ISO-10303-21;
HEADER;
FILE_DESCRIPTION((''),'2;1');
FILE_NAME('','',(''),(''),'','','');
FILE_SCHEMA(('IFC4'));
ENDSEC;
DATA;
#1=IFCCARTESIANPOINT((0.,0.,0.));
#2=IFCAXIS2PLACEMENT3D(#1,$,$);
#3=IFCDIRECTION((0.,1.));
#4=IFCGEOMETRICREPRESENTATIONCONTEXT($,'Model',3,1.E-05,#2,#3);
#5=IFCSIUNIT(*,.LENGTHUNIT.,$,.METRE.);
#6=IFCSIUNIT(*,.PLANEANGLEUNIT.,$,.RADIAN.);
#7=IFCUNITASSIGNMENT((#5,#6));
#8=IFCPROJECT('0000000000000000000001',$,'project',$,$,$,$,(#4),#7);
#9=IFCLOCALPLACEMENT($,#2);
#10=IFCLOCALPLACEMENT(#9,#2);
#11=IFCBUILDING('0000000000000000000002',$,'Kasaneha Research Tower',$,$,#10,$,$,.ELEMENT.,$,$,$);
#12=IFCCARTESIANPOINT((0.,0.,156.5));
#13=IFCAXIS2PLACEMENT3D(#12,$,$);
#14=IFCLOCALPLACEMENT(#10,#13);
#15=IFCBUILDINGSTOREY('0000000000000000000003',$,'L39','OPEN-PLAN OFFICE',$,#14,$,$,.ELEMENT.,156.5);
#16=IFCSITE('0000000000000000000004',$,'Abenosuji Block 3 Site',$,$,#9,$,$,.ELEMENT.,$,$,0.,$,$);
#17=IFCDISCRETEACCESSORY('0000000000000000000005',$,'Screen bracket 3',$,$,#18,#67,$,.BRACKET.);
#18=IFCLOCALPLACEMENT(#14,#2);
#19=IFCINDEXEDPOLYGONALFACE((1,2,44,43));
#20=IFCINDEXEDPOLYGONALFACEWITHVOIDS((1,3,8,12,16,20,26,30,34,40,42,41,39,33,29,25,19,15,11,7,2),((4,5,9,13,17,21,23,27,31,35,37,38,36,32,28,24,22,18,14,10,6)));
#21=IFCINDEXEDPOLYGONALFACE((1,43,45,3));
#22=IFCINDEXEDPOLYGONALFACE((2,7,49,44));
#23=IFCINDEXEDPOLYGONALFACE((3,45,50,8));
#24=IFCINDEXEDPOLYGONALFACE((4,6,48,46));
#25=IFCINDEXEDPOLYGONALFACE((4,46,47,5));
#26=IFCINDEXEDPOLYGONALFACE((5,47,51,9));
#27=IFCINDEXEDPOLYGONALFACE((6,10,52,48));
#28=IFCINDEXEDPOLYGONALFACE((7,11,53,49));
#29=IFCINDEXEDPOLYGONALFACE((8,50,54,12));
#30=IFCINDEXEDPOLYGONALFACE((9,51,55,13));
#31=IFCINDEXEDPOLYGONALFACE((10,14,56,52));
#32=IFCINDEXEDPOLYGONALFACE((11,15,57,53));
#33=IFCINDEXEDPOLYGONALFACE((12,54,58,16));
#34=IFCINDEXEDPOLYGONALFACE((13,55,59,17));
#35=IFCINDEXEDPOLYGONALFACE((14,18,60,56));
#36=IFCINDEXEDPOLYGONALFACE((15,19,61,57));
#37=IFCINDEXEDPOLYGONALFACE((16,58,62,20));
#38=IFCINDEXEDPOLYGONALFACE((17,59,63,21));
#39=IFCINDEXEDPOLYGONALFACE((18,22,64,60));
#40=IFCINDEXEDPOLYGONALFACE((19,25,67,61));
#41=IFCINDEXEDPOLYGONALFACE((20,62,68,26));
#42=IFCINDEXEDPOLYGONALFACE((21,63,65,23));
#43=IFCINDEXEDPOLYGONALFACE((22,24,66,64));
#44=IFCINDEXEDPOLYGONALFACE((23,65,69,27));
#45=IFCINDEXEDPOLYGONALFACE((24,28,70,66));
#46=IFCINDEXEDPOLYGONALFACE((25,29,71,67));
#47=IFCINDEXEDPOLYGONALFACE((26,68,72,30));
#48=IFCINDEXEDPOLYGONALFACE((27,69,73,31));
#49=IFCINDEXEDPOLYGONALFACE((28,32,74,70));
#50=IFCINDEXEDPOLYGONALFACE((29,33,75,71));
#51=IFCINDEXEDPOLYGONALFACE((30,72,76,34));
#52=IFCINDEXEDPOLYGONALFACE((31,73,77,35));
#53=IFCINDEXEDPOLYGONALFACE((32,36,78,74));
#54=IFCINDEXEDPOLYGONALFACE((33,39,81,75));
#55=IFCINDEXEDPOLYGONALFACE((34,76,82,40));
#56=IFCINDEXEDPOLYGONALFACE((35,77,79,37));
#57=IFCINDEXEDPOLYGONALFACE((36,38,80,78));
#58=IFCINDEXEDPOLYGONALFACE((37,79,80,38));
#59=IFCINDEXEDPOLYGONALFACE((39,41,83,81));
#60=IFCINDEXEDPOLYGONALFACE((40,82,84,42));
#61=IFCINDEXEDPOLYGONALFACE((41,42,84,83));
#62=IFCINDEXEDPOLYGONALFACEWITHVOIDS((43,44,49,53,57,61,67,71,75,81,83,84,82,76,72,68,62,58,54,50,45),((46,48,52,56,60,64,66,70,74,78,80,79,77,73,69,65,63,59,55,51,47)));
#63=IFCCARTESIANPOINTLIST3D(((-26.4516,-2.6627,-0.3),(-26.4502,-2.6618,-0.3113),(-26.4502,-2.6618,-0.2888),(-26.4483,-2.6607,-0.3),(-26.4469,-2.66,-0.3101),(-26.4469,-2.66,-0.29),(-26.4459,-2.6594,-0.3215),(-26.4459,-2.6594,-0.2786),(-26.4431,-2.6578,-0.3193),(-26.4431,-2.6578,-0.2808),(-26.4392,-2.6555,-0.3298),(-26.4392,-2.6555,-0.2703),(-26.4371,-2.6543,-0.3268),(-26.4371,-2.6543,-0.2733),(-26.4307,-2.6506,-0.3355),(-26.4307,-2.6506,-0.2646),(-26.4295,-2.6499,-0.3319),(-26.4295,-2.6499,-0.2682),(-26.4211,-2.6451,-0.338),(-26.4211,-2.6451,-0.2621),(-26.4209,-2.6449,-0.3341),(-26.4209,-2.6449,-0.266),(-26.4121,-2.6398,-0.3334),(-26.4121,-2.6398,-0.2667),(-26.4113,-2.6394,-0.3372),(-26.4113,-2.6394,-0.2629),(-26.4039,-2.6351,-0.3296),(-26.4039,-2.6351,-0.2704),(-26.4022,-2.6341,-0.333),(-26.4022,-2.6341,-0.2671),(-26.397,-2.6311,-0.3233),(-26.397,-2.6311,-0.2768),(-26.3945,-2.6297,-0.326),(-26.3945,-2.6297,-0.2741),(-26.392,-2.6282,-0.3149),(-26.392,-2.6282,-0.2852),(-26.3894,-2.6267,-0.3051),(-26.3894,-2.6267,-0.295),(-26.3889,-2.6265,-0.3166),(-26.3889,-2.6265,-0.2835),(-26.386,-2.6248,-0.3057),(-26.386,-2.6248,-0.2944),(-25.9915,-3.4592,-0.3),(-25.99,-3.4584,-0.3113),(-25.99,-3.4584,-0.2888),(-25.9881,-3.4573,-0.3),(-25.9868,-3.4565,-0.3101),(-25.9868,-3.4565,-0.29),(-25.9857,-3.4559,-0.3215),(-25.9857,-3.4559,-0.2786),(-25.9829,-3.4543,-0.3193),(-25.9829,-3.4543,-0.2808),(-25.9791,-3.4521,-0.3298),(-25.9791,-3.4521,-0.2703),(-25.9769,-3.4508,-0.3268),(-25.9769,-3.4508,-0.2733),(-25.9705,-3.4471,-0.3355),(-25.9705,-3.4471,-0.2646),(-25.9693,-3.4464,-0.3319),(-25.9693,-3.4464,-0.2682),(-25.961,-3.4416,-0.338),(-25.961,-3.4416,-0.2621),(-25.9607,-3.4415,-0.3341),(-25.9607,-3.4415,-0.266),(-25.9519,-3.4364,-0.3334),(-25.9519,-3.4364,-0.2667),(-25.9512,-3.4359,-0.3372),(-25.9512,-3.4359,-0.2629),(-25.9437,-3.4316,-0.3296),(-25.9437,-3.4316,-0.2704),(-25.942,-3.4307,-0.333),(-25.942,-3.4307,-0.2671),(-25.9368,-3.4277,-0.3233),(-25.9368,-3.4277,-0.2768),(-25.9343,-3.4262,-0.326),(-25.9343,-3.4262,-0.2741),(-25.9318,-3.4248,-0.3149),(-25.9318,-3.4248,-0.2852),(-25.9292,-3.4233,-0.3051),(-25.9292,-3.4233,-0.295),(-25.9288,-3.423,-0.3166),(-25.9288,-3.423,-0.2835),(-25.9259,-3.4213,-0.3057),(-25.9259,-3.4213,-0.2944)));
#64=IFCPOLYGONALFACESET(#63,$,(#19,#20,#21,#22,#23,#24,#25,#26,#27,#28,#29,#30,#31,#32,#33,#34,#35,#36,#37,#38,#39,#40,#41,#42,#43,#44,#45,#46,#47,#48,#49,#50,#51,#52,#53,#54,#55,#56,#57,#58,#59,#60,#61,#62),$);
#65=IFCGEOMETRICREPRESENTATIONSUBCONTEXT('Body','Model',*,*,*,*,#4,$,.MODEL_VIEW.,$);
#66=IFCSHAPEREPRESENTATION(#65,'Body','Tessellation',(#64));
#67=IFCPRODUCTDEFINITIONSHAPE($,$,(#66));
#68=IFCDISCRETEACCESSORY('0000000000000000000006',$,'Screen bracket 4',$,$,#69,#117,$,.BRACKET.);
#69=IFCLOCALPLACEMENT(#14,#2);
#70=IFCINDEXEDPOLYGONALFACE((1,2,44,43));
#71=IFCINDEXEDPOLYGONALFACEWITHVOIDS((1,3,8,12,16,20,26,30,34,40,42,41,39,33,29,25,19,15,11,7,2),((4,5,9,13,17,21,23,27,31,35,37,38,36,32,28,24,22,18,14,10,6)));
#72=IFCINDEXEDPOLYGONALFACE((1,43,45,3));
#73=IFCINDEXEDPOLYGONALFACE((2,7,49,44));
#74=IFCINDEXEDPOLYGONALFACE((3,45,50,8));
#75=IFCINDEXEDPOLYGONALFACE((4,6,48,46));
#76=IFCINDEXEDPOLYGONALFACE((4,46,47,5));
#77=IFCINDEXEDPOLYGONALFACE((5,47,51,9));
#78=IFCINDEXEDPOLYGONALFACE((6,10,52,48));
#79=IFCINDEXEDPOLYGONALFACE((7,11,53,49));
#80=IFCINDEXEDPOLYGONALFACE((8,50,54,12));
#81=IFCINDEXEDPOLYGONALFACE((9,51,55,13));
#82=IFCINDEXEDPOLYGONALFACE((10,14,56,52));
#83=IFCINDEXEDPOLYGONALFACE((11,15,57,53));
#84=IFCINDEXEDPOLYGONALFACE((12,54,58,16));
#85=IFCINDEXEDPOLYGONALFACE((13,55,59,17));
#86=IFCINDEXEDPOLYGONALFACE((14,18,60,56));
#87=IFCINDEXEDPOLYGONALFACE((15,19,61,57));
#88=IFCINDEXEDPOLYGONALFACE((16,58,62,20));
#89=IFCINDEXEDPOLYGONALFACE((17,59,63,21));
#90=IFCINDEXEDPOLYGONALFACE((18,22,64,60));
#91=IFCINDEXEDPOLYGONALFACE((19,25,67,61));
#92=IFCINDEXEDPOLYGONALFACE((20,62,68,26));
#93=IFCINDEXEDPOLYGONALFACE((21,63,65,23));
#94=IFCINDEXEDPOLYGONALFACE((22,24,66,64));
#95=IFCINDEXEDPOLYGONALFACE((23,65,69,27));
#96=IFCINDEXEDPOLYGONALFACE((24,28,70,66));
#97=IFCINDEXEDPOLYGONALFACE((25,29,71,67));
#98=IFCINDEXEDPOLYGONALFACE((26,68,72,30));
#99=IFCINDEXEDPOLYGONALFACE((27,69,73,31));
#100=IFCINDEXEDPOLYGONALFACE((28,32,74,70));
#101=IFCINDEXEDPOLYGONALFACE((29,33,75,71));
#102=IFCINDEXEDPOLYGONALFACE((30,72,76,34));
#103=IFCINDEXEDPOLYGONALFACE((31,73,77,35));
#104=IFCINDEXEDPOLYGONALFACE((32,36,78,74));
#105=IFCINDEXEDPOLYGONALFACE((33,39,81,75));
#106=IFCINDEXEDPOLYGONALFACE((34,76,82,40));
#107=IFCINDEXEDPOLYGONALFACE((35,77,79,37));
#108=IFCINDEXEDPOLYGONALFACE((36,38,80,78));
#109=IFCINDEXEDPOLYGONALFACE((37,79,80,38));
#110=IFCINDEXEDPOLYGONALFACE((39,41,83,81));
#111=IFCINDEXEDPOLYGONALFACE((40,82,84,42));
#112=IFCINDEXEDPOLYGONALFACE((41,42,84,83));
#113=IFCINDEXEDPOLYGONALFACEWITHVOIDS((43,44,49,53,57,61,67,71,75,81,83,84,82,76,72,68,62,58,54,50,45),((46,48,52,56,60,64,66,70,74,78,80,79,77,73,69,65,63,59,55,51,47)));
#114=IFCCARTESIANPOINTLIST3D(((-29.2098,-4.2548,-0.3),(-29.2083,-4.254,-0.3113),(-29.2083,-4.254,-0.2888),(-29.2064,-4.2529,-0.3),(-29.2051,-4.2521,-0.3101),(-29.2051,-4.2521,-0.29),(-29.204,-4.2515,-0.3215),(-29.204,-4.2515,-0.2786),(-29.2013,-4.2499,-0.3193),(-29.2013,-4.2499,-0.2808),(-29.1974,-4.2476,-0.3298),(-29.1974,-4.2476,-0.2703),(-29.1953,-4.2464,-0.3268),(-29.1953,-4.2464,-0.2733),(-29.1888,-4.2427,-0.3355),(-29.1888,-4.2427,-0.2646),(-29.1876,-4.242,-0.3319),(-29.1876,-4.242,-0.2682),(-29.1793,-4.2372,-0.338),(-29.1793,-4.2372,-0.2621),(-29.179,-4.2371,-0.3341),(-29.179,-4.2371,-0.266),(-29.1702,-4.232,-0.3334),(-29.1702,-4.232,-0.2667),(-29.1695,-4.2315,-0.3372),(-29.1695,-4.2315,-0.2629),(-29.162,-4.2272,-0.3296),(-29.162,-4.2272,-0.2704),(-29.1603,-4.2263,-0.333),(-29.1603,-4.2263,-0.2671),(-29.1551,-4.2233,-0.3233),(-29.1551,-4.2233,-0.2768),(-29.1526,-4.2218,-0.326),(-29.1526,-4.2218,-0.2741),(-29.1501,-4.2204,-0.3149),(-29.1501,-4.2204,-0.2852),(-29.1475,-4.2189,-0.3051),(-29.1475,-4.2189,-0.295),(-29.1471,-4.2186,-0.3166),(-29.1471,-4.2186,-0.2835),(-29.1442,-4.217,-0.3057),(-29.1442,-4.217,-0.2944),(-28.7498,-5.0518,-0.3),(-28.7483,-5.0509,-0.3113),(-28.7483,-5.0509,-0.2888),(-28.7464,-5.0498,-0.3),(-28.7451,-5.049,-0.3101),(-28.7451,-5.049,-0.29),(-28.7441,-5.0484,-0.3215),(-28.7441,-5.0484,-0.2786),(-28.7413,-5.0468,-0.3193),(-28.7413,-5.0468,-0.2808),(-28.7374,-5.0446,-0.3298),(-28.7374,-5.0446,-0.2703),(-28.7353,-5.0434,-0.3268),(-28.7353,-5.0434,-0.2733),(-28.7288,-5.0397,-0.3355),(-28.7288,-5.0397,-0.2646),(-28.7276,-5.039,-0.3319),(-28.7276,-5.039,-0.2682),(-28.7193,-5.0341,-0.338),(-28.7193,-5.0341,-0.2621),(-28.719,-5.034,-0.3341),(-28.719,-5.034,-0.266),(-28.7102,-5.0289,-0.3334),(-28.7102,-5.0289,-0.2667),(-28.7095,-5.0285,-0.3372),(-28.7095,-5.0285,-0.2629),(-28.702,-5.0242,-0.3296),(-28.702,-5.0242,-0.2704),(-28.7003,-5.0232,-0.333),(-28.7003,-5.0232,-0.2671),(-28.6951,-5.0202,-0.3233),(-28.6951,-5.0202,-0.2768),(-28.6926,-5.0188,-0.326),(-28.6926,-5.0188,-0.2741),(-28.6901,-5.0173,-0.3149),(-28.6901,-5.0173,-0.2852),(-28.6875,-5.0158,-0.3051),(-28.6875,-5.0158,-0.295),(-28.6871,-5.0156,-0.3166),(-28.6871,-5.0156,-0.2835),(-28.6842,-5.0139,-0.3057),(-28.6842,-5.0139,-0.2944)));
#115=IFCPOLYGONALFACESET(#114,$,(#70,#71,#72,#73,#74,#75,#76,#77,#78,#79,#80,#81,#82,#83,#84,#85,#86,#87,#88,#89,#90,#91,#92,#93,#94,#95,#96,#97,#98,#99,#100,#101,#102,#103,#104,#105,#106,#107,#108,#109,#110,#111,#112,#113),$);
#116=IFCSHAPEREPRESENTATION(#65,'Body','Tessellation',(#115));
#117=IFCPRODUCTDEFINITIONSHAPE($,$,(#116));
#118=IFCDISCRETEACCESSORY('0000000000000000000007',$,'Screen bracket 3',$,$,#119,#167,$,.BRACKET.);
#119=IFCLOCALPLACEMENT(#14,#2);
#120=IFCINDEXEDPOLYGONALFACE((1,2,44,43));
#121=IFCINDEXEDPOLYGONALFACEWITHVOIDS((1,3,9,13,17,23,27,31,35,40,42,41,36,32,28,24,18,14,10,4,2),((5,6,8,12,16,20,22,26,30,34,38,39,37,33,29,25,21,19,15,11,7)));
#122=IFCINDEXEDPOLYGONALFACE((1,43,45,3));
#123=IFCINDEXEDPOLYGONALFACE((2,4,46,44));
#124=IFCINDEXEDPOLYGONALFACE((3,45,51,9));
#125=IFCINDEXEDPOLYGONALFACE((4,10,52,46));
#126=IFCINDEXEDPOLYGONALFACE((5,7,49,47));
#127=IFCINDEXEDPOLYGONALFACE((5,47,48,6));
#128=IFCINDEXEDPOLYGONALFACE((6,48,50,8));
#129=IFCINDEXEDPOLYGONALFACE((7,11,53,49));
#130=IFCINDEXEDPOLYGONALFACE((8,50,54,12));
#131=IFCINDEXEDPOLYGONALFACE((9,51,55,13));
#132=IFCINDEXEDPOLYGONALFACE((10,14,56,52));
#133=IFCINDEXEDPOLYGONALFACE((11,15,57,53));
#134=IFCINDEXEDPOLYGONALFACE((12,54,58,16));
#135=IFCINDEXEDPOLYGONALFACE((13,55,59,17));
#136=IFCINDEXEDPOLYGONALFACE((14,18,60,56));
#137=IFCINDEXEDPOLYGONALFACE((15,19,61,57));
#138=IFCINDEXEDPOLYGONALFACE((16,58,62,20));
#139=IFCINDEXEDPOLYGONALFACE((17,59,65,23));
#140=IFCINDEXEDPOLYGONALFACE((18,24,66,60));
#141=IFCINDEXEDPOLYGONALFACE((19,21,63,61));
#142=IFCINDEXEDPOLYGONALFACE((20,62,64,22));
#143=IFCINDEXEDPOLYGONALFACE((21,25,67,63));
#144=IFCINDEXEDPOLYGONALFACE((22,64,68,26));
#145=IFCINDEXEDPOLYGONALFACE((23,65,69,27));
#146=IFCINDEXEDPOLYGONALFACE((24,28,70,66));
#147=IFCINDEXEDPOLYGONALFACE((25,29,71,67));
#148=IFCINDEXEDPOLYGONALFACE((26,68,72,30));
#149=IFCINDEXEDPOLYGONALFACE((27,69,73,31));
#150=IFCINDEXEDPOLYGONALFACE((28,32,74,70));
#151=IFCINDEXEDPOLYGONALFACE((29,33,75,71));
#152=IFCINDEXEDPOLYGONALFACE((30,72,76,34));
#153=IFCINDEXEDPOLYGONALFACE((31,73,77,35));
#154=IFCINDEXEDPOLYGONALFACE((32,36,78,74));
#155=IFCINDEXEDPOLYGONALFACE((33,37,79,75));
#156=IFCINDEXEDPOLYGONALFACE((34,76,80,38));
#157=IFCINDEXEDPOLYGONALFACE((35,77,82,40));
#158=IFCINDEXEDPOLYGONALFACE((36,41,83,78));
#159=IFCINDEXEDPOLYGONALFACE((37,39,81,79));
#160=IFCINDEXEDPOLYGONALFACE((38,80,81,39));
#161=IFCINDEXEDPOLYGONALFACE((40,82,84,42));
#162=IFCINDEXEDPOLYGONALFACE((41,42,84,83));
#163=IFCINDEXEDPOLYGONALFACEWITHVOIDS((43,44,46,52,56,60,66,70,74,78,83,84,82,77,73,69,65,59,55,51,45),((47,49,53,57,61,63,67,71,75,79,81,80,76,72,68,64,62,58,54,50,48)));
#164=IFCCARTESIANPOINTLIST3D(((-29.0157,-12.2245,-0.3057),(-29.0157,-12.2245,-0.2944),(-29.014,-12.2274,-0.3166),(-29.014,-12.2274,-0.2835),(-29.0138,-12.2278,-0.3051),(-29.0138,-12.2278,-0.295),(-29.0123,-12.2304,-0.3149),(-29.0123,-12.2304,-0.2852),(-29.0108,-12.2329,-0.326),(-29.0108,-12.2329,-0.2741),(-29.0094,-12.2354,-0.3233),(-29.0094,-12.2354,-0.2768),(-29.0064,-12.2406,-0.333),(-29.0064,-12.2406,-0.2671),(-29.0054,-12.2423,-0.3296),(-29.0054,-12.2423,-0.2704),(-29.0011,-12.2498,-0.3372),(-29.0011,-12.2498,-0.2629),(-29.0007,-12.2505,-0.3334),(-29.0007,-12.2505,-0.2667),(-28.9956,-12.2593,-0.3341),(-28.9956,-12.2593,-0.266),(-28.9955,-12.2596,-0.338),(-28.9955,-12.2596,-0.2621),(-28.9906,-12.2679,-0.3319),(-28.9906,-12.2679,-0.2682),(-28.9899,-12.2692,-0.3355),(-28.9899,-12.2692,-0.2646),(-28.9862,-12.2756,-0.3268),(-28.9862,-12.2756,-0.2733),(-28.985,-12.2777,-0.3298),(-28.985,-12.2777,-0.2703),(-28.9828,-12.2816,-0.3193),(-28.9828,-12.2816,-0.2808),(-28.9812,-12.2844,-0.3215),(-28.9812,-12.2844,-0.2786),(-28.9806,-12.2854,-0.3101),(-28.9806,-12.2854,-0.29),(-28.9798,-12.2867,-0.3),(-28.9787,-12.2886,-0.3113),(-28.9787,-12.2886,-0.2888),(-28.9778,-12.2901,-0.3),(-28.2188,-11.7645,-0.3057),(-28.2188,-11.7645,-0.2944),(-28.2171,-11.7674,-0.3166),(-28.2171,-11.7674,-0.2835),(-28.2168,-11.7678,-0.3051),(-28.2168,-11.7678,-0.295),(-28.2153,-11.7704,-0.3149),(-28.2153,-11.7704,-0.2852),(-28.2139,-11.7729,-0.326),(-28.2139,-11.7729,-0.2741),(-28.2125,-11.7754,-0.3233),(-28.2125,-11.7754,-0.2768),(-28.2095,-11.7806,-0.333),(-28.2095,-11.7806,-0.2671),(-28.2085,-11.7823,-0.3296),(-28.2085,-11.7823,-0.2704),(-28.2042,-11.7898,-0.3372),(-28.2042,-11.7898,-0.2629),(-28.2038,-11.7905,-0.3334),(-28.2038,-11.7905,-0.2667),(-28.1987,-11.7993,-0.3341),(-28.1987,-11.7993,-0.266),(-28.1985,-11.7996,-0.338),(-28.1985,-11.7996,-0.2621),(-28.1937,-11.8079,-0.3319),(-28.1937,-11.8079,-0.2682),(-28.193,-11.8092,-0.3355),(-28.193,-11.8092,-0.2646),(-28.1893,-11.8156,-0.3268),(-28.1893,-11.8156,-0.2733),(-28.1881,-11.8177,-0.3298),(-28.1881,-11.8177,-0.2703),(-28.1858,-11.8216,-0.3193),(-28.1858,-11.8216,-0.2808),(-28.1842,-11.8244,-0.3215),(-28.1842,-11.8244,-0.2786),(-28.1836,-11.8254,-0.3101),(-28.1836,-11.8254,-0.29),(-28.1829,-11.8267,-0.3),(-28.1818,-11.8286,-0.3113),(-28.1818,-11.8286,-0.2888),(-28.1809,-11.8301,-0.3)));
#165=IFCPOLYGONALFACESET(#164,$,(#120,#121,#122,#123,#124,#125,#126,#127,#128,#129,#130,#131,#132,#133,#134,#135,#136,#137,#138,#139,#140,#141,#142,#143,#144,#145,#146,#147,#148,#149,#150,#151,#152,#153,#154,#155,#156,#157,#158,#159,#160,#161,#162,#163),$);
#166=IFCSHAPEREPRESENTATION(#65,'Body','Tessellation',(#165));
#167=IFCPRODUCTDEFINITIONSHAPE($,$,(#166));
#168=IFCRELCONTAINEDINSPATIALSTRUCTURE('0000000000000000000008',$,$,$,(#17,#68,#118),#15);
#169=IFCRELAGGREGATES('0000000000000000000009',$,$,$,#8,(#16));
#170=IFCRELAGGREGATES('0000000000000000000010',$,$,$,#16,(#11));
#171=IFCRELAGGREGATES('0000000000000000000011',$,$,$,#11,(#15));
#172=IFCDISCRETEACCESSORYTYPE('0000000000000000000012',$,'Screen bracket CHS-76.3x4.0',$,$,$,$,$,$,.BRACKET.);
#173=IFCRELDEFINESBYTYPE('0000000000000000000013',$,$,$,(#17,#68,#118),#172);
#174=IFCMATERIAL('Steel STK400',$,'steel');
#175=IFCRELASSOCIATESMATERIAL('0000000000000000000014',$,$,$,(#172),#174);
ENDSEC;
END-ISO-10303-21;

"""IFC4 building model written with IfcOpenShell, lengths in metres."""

from ifc_helpers import new_model, si_unit, direction, frame, origin, origin_2d, place, context, subcontext, project, spatial, hollow_circle, extrude, material, material_profile, profile_set, type_object, element, save


model = new_model("IFC4")

# Units and contexts
model_context = context("Model", 3, precision=1e-05, world=origin(), true_north=direction((0.0, 1.0)))
body_context = subcontext(model_context, "Body", "Model", "MODEL_VIEW")
ifc_project = project(units=[si_unit("LENGTHUNIT", "METRE"), si_unit("PLANEANGLEUNIT", "RADIAN")], contexts=[model_context])

# Site, building, storey
site_placement = place(None, origin())
site = spatial("IfcSite", under=ifc_project, at=site_placement, Name="Abenosuji Block 3 Site", CompositionType="ELEMENT", RefElevation=0.0)
building_placement = place(site_placement, origin())
building = spatial("IfcBuilding", under=site, at=building_placement, Name="Kasaneha Research Tower", CompositionType="ELEMENT")
storey_placement = place(building_placement, frame((0.0, 0.0, 156.5)))
storey = spatial("IfcBuildingStorey", under=building, at=storey_placement, Name="L39", Description="OPEN-PLAN OFFICE", CompositionType="ELEMENT", Elevation=156.5)

# Discrete accessories
ifc_material_1 = material(Name="Steel STK400", Category="steel")
ifc_material_profile_1 = material_profile(ifc_material_1, hollow_circle(Radius=0.0381, WallThickness=0.0039, at=origin_2d()), Name="CHS-76.3x4.0")
ifc_profile_set_1 = profile_set([ifc_material_profile_1], Name="Steel STK400")
discrete_accessory_type = type_object("IfcDiscreteAccessoryType", Name="Screen bracket CHS-76.3x4.0", PredefinedType="BRACKET", material=ifc_profile_set_1)
discrete_accessory_placement = place(storey_placement, frame((-25.9585, -3.4402, -0.3), z_axis=(-0.50022, 0.865898, 0.0), x_axis=(-0.865898, -0.50022, 0.0)))
element("IfcDiscreteAccessory", 1, at=discrete_accessory_placement, inside=storey, type_object=discrete_accessory_type, Name="Screen bracket 3", PredefinedType="BRACKET", context=body_context, shape_type="SweptSolid", body=[
    extrude(hollow_circle(Radius=0.0381, WallThickness=0.0039, at=origin_2d()), origin(), (0.0, 0.0, 1.0), 0.9199),
])
for number, where, z_axis, x_axis, name in (
    (2, (-28.7168, -5.0327, -0.3), (-0.499906, 0.86608, 0.0), (-0.86608, -0.499906, 0.0), "Screen bracket 4"),
    (3, (-28.2, -11.7971, -0.3), (-0.86608, -0.499906, 0.0), (0.499906, -0.86608, 0.0), "Screen bracket 3"),
):
    element("IfcDiscreteAccessory", number, at=place(storey_placement, frame(where, z_axis=z_axis, x_axis=x_axis)), inside=storey, type_object=discrete_accessory_type, Name=name, PredefinedType="BRACKET", context=body_context, shape_type="SweptSolid", body=[
        extrude(hollow_circle(Radius=0.0381, WallThickness=0.0039, at=origin_2d()), origin(), (0.0, 0.0, 1.0), 0.9202),
    ])

save(model, "model.ifc")
